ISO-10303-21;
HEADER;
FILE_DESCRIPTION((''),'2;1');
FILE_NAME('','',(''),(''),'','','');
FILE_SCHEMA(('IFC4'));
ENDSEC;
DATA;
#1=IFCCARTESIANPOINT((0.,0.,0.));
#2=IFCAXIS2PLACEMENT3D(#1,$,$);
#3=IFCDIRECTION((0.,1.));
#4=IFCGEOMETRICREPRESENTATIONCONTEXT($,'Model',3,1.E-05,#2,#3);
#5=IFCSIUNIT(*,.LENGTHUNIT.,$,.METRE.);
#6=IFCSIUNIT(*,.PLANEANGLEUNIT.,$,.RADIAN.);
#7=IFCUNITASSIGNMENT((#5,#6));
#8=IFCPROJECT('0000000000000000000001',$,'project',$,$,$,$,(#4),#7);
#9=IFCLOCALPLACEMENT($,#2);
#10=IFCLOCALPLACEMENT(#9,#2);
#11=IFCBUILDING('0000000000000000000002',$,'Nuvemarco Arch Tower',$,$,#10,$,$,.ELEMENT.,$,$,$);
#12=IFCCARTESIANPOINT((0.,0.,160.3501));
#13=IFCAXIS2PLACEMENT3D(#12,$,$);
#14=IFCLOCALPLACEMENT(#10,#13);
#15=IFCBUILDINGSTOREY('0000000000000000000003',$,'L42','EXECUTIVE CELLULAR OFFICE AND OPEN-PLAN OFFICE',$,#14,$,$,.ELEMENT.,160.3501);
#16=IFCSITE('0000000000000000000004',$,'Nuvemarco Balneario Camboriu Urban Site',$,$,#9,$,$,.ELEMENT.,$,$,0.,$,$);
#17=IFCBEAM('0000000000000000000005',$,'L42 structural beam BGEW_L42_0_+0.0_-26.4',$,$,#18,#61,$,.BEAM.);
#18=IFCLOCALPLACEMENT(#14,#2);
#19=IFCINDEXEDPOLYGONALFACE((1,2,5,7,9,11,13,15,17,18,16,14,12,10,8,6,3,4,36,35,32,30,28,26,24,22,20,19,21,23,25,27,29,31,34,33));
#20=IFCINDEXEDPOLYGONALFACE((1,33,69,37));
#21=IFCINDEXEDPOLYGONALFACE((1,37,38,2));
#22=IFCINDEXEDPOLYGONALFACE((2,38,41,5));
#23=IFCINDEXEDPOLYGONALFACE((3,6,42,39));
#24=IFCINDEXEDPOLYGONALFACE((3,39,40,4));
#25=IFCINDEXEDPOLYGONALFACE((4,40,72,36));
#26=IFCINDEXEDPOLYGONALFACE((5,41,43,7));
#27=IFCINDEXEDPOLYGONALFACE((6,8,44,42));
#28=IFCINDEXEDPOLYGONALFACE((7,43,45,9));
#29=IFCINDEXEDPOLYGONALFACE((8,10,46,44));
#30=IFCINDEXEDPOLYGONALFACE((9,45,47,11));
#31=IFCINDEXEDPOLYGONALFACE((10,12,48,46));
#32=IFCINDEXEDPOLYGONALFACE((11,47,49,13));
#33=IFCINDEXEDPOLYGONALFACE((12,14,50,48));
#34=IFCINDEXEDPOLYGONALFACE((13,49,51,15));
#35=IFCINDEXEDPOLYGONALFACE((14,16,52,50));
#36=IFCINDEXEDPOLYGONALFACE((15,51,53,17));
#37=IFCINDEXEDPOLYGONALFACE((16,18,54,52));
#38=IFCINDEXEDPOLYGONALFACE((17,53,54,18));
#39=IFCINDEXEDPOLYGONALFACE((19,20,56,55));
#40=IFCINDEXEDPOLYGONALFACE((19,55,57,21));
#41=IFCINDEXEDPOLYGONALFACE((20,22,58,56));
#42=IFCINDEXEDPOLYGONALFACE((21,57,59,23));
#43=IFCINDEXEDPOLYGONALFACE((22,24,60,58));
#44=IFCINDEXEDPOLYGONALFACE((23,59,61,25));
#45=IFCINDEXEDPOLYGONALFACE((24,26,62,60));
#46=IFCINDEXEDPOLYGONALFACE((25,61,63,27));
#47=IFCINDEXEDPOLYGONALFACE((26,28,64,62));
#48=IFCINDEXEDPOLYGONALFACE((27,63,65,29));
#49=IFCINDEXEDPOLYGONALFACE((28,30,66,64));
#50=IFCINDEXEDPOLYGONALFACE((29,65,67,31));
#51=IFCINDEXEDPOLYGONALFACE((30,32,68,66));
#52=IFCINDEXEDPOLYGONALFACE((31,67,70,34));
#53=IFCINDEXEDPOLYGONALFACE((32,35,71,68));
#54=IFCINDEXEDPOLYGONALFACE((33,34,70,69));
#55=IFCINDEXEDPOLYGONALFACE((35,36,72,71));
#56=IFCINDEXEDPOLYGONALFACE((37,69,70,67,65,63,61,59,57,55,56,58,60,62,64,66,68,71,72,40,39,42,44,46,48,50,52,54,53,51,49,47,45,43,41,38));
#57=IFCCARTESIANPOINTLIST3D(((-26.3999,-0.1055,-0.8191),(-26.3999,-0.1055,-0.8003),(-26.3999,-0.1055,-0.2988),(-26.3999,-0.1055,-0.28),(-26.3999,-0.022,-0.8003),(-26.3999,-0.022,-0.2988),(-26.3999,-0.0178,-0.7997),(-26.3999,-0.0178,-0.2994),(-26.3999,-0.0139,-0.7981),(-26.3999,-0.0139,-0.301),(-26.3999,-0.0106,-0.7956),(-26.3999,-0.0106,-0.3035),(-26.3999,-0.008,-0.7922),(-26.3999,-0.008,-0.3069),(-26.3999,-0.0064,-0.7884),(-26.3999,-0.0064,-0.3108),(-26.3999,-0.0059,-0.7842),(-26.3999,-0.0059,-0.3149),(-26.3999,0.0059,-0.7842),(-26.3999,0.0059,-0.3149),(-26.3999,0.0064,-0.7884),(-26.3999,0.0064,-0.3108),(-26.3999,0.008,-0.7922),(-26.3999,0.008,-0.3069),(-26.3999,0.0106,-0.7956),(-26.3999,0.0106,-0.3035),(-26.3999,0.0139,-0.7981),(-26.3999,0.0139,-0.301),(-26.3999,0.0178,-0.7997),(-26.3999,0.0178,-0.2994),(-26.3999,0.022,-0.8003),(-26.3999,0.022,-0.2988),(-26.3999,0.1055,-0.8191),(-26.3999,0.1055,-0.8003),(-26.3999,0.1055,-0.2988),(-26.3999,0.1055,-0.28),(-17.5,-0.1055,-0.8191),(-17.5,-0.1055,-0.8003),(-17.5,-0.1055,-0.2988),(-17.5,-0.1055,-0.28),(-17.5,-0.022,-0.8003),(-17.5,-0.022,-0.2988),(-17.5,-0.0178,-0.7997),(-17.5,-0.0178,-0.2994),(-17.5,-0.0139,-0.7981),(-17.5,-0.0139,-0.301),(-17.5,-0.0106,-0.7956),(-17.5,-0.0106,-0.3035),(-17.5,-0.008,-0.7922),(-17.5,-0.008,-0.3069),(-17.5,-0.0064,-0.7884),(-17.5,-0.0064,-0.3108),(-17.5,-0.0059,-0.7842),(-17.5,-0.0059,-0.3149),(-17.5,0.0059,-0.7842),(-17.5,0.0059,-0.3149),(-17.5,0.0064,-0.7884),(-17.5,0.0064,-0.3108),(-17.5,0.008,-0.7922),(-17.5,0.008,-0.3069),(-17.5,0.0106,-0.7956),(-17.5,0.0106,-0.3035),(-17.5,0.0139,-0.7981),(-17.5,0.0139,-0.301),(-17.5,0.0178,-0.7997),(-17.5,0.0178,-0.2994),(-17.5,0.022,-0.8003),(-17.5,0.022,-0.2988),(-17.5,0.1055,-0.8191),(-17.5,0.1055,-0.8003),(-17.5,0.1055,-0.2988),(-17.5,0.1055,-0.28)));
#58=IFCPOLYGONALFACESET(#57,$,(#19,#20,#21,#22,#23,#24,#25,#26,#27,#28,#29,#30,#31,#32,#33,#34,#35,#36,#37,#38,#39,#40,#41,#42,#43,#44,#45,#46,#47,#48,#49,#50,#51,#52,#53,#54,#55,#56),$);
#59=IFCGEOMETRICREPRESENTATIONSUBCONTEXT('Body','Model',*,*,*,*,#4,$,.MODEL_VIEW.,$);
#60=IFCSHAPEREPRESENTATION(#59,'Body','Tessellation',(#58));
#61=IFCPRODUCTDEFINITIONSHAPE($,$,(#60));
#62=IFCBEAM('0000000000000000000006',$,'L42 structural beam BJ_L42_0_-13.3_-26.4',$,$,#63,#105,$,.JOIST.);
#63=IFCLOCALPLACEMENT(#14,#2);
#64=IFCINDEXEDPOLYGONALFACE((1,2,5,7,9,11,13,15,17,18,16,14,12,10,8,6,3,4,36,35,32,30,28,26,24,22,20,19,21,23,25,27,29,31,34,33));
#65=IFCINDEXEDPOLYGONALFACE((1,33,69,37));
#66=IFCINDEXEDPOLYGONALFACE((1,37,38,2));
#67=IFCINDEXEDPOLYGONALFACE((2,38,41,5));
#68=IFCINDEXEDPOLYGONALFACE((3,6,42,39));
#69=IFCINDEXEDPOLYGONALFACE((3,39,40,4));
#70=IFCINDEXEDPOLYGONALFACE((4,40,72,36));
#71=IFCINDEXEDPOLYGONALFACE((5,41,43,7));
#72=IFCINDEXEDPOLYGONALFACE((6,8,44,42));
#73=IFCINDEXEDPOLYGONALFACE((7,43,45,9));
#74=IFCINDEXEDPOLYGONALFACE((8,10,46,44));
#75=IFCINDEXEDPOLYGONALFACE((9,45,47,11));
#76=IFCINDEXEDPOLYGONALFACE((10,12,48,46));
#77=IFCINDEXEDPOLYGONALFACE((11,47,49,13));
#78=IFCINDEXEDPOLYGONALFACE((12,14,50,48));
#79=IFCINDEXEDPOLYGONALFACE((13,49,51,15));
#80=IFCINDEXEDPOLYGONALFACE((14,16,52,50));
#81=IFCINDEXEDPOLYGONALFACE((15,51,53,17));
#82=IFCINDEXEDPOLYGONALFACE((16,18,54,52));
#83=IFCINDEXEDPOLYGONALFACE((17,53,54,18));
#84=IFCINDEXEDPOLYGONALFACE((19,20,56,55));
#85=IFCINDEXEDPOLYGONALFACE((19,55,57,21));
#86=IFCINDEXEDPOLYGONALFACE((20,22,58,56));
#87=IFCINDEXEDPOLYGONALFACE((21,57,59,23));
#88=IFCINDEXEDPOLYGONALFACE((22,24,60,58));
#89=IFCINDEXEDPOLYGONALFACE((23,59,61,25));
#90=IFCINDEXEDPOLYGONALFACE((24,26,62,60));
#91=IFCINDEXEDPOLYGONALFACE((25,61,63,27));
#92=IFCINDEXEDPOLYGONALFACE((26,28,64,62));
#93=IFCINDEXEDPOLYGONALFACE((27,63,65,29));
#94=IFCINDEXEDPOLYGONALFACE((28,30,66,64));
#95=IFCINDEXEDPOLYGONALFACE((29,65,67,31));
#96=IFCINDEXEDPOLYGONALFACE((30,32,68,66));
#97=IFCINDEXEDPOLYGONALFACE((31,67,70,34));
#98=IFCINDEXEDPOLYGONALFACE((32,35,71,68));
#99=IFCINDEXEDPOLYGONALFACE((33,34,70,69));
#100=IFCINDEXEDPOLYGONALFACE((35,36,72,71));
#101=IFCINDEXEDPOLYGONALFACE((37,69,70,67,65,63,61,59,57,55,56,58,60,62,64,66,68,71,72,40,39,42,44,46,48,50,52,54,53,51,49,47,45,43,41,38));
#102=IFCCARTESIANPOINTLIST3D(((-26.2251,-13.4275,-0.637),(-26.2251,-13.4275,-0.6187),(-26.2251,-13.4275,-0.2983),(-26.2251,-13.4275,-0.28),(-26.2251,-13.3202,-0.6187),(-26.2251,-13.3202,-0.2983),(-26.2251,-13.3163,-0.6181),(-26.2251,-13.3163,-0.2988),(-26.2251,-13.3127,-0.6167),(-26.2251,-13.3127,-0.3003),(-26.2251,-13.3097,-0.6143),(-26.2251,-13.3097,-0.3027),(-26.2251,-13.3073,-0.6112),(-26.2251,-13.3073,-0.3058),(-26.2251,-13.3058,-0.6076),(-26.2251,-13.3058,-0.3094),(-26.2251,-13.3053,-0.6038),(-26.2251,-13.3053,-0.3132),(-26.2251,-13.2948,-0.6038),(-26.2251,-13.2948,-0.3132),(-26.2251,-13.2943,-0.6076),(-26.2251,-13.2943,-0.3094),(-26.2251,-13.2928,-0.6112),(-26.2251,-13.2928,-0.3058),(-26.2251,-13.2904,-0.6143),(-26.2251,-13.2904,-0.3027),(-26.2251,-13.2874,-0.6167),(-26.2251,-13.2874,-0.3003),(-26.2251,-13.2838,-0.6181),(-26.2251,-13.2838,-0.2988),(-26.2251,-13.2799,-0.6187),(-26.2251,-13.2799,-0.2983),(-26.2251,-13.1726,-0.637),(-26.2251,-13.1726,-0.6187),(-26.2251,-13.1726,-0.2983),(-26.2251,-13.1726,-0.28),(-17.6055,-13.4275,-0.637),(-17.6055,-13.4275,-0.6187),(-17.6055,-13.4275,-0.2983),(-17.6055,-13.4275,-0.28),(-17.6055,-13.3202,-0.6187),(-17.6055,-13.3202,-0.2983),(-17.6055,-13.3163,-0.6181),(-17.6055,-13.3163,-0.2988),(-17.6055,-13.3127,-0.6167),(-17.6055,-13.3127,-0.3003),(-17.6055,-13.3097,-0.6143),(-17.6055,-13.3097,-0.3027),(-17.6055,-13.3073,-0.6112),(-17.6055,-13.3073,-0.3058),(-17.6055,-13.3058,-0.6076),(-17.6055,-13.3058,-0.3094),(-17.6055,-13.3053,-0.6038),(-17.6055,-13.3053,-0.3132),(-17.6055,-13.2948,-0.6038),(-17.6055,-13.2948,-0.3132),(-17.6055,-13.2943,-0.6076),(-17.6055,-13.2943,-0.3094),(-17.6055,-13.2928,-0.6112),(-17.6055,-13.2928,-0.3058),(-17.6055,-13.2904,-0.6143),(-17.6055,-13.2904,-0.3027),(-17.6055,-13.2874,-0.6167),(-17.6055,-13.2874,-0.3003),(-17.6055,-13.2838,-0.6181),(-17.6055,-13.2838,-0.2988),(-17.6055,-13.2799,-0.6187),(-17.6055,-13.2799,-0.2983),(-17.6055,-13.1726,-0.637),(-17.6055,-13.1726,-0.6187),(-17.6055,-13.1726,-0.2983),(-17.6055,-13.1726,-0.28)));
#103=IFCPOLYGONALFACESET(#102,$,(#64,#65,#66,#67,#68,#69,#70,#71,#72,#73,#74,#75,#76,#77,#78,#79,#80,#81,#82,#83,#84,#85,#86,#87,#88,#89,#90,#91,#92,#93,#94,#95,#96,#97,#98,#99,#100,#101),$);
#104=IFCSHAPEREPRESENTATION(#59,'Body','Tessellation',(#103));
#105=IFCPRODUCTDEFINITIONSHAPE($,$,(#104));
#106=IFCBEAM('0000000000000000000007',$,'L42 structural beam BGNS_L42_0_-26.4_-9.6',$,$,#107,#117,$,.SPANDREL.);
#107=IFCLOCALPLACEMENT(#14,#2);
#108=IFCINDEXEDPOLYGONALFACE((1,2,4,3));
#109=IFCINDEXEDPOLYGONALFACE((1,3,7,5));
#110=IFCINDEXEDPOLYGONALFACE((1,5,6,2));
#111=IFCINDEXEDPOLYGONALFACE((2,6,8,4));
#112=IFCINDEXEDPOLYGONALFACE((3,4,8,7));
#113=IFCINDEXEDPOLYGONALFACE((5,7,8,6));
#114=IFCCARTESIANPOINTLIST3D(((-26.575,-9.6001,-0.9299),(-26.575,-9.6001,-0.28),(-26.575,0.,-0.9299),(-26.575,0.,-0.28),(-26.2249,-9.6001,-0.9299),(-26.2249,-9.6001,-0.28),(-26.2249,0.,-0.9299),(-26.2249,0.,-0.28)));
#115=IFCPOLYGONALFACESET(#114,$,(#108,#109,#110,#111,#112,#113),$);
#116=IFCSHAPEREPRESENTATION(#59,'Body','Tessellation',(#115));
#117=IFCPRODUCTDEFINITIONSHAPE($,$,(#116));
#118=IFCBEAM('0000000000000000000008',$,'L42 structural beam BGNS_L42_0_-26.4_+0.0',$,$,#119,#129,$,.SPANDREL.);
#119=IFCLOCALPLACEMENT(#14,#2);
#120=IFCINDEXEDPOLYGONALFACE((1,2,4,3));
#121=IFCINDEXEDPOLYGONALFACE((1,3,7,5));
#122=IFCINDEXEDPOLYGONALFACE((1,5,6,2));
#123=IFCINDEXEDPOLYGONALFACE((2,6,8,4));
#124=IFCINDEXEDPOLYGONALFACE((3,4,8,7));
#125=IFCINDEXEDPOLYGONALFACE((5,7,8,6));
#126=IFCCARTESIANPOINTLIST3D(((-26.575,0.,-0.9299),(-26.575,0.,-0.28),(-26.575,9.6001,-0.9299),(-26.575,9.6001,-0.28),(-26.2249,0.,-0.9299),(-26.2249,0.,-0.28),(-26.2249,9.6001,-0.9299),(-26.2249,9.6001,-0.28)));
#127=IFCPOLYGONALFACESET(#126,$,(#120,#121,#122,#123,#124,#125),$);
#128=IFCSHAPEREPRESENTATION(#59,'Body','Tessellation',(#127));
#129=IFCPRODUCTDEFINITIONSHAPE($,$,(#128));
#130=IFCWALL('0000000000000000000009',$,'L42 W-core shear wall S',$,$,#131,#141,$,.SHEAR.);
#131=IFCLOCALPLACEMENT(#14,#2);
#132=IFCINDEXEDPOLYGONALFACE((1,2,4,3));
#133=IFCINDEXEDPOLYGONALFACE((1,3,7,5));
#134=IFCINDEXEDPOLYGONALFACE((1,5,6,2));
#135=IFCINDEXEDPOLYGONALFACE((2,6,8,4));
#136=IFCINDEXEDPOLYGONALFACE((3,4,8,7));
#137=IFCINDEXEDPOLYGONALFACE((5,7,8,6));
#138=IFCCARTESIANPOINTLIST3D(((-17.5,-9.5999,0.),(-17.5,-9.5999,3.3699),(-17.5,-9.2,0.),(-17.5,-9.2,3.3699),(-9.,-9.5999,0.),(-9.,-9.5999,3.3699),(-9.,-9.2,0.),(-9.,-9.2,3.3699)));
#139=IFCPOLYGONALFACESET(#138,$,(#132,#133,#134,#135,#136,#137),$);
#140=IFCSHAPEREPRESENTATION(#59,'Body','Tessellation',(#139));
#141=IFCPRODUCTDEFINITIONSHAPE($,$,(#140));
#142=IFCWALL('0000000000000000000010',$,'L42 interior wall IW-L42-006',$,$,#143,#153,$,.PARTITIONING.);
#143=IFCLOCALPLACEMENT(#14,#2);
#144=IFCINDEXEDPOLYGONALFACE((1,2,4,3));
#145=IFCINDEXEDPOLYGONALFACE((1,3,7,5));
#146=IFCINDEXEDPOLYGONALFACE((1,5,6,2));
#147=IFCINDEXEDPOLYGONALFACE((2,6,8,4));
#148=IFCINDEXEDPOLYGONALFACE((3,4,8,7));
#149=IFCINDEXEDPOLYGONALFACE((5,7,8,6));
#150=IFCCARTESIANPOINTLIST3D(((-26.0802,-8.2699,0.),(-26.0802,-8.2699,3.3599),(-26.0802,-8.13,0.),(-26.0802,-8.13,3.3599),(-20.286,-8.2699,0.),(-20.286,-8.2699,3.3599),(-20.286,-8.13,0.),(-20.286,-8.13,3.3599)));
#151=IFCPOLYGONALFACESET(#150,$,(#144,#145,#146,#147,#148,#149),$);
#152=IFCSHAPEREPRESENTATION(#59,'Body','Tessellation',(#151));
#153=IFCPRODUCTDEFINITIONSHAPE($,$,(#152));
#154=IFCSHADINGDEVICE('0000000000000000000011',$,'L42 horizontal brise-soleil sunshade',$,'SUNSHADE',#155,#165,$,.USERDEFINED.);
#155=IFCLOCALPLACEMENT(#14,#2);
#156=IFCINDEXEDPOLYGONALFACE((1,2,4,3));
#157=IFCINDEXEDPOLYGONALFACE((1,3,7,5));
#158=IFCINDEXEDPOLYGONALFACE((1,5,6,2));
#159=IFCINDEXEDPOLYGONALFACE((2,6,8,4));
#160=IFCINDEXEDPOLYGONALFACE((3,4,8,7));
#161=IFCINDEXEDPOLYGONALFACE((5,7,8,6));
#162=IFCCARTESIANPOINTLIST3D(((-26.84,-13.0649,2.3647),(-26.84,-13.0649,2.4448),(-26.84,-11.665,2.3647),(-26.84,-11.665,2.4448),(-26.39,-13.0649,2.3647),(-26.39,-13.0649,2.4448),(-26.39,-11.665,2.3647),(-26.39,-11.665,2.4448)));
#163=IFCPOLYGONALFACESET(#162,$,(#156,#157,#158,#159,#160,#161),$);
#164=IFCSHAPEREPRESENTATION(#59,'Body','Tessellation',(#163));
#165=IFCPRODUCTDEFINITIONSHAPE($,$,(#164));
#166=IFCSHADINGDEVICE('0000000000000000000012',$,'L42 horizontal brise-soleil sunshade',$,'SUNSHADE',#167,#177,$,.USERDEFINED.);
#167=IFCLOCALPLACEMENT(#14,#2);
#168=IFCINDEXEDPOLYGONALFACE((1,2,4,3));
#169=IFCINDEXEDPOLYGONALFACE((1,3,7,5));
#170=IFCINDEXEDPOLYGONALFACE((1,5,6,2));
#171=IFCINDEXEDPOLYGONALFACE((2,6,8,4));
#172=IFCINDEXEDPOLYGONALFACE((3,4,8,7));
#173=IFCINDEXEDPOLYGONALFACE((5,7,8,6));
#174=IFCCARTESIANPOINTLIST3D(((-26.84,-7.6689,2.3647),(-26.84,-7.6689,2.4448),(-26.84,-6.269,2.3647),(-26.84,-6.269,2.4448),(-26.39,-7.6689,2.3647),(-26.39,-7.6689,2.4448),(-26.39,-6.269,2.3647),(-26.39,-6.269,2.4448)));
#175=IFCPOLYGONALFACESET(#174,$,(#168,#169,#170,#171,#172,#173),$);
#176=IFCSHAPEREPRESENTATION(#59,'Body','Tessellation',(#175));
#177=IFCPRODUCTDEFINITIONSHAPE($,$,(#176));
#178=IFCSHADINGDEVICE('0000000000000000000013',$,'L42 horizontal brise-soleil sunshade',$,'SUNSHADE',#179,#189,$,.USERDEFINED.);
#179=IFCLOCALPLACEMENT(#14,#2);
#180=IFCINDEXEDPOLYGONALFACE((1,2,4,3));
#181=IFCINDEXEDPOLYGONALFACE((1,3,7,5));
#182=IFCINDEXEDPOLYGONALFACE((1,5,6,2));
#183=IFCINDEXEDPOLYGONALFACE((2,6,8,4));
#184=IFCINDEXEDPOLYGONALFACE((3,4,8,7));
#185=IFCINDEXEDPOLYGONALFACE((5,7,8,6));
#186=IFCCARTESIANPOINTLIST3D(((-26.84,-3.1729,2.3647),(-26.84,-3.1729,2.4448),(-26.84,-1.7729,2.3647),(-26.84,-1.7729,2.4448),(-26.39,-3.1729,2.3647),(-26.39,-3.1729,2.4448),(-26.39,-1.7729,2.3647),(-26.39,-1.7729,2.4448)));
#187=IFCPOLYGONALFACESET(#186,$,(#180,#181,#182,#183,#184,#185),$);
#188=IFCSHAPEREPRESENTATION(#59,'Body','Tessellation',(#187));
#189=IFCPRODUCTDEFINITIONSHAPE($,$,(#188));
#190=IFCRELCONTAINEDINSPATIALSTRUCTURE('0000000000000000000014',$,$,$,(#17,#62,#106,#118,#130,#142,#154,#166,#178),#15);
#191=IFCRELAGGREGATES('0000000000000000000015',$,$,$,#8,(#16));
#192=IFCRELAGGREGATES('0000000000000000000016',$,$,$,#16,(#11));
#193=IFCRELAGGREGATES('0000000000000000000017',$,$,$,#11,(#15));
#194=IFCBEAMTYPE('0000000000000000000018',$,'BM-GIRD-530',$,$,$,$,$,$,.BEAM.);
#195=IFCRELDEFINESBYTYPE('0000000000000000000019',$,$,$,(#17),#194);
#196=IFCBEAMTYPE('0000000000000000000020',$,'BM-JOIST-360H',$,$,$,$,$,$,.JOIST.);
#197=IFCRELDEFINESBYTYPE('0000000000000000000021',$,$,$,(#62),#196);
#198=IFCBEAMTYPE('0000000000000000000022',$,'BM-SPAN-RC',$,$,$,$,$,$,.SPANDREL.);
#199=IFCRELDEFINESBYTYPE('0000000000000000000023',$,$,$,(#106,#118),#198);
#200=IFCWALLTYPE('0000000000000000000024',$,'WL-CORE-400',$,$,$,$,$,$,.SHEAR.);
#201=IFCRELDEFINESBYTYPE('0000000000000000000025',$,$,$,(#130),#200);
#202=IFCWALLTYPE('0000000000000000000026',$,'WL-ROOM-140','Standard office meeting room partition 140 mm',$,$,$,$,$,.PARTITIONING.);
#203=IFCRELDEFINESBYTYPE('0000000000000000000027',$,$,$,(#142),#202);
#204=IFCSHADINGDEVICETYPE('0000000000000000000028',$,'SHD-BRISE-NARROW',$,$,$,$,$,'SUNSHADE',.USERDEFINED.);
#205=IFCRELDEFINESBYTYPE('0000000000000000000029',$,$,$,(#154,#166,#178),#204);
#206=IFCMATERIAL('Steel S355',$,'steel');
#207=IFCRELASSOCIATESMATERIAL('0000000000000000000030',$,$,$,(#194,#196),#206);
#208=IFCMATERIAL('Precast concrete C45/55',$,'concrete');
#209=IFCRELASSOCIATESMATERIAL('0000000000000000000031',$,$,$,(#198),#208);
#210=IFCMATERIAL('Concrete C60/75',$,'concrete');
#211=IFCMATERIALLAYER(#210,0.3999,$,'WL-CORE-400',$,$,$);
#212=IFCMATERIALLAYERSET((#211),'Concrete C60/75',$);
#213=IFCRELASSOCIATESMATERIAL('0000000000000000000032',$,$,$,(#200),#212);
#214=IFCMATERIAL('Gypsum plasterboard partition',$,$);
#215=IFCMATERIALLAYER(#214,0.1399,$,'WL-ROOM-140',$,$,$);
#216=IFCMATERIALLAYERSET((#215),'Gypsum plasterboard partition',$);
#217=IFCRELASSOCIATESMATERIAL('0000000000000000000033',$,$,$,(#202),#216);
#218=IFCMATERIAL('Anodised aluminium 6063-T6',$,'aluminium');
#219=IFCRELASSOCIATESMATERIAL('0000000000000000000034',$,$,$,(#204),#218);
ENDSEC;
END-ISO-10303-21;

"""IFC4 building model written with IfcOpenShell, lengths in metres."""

from ifc_helpers import new_model, si_unit, direction, frame, frame_2d, origin, origin_2d, place, context, subcontext, project, spatial, rectangle, i_section, extrude, source, transform, mapped, material, layer, layer_set, material_profile, profile_set, type_object, type_shapes, element, save


model = new_model("IFC4")

# Units and contexts
model_context = context("Model", 3, precision=1e-05, world=origin(), true_north=direction((0.0, 1.0)))
body_context = subcontext(model_context, "Body", "Model", "MODEL_VIEW")
ifc_project = project(units=[si_unit("LENGTHUNIT", "METRE"), si_unit("PLANEANGLEUNIT", "RADIAN")], contexts=[model_context])

# Site, building, storey
site_placement = place(None, origin())
site = spatial("IfcSite", under=ifc_project, at=site_placement, Name="Nuvemarco Balneario Camboriu Urban Site", CompositionType="ELEMENT", RefElevation=0.0)
building_placement = place(site_placement, origin())
building = spatial("IfcBuilding", under=site, at=building_placement, Name="Nuvemarco Arch Tower", CompositionType="ELEMENT")
storey_placement = place(building_placement, frame((0.0, 0.0, 160.3501)))
storey = spatial("IfcBuildingStorey", under=building, at=storey_placement, Name="L42", Description="EXECUTIVE CELLULAR OFFICE AND OPEN-PLAN OFFICE", CompositionType="ELEMENT", Elevation=160.3501)

# Shared definitions
ifc_material_1 = material(Name="Steel S355", Category="steel")

# Beams
ifc_material_profile_1 = material_profile(ifc_material_1, i_section(OverallWidth=0.2109, OverallDepth=0.5391, WebThickness=0.0117, FlangeThickness=0.0188, FilletRadius=0.0161, at=origin_2d()), Name="W530x109")
ifc_profile_set_1 = profile_set([ifc_material_profile_1], Name="Steel S355")
beam_type_1 = type_object("IfcBeamType", Name="BM-GIRD-530", PredefinedType="BEAM", material=ifc_profile_set_1)
beam_1_placement = place(storey_placement, frame((-26.3999, 0.0, -0.5496), z_axis=(1.0, 0.0, 0.0), x_axis=(0.0, 1.0, 0.0)))
element("IfcBeam", 1, at=beam_1_placement, inside=storey, type_object=beam_type_1, Name="L42 structural beam BGEW_L42_0_+0.0_-26.4", PredefinedType="BEAM", context=body_context, shape_type="SweptSolid", body=[
    extrude(i_section(OverallWidth=0.2109, OverallDepth=0.5391, WebThickness=0.0117, FlangeThickness=0.0188, FilletRadius=0.0161, at=origin_2d()), origin(), (0.0, 0.0, 1.0), 8.8999),
])
ifc_material_profile_2 = material_profile(ifc_material_1, i_section(OverallWidth=0.2549, OverallDepth=0.3569, WebThickness=0.0105, FlangeThickness=0.0183, FilletRadius=0.0149, at=origin_2d()), Name="W360x101")
ifc_profile_set_2 = profile_set([ifc_material_profile_2], Name="Steel S355")
beam_type_2 = type_object("IfcBeamType", Name="BM-JOIST-360H", PredefinedType="JOIST", material=ifc_profile_set_2)
beam_2_placement = place(storey_placement, frame((-26.2251, -13.3, -0.4585), z_axis=(1.0, 0.0, 0.0), x_axis=(0.0, 1.0, 0.0)))
element("IfcBeam", 2, at=beam_2_placement, inside=storey, type_object=beam_type_2, Name="L42 structural beam BJ_L42_0_-13.3_-26.4", PredefinedType="JOIST", context=body_context, shape_type="SweptSolid", body=[
    extrude(i_section(OverallWidth=0.2549, OverallDepth=0.3569, WebThickness=0.0105, FlangeThickness=0.0183, FilletRadius=0.0149, at=origin_2d()), origin(), (0.0, 0.0, 1.0), 8.6196),
])
ifc_material_2 = material(Name="Precast concrete C45/55", Category="concrete")
ifc_material_profile_3 = material_profile(ifc_material_2, rectangle(XDim=0.3501, YDim=0.6499, at=origin_2d()), Name="PC-SP-350x650")
ifc_profile_set_3 = profile_set([ifc_material_profile_3], Name="Precast concrete C45/55")
beam_type_3 = type_object("IfcBeamType", Name="BM-SPAN-RC", PredefinedType="SPANDREL", material=ifc_profile_set_3)
for number, where, z_axis, x_axis, name in (
    (3, (-26.3999, -9.6001, -0.605), (0.0, 1.0, 0.0), (-1.0, 0.0, 0.0), "L42 structural beam BGNS_L42_0_-26.4_-9.6"),
    (4, (-26.3999, 0.0, -0.605), (0.0, 1.0, 0.0), (-1.0, 0.0, 0.0), "L42 structural beam BGNS_L42_0_-26.4_+0.0"),
):
    element("IfcBeam", number, at=place(storey_placement, frame(where, z_axis=z_axis, x_axis=x_axis)), inside=storey, type_object=beam_type_3, Name=name, PredefinedType="SPANDREL", context=body_context, shape_type="SweptSolid", body=[
        extrude(rectangle(XDim=0.3501, YDim=0.6499, at=origin_2d()), origin(), (0.0, 0.0, 1.0), 9.6001),
    ])

# Walls
ifc_material_3 = material(Name="Concrete C60/75", Category="concrete")
ifc_layer_1 = layer(ifc_material_3, 0.3999, Name="WL-CORE-400")
ifc_layer_set_1 = layer_set([ifc_layer_1], Name="Concrete C60/75")
wall_type_1 = type_object("IfcWallType", Name="WL-CORE-400", PredefinedType="SHEAR", material=ifc_layer_set_1)
wall_1_placement = place(storey_placement, frame((-17.5, -9.3999, 0.0), z_axis=(0.0, 0.0, 1.0), x_axis=(1.0, 0.0, 0.0)))
element("IfcWall", 5, at=wall_1_placement, inside=storey, type_object=wall_type_1, Name="L42 W-core shear wall S", PredefinedType="SHEAR", context=body_context, shape_type="SweptSolid", body=[
    extrude(rectangle(XDim=8.5, YDim=0.3999, at=frame_2d((4.25, 0.0))), origin(), (0.0, 0.0, 1.0), 3.3699),
])
ifc_material_4 = material(Name="Gypsum plasterboard partition")
ifc_layer_2 = layer(ifc_material_4, 0.1399, Name="WL-ROOM-140")
ifc_layer_set_2 = layer_set([ifc_layer_2], Name="Gypsum plasterboard partition")
wall_type_2 = type_object("IfcWallType", Name="WL-ROOM-140", Description="Standard office meeting room partition 140 mm", PredefinedType="PARTITIONING", material=ifc_layer_set_2)
wall_2_placement = place(storey_placement, frame((-26.0801, -8.2, 0.0), z_axis=(0.0, 0.0, 1.0), x_axis=(1.0, 0.0, 0.0)))
element("IfcWall", 6, at=wall_2_placement, inside=storey, type_object=wall_type_2, Name="L42 interior wall IW-L42-006", PredefinedType="PARTITIONING", context=body_context, shape_type="SweptSolid", body=[
    extrude(rectangle(XDim=5.7942, YDim=0.1399, at=frame_2d((2.897, 0.0))), origin(), (0.0, 0.0, 1.0), 3.3599),
])

# Shading devices
ifc_material_5 = material(Name="Anodised aluminium 6063-T6", Category="aluminium")
shading_device_type = type_object("IfcShadingDeviceType", Name="SHD-BRISE-NARROW", ElementType="SUNSHADE", PredefinedType="USERDEFINED", material=ifc_material_5)
shared_shape = source(origin(), body_context, "Body", "SweptSolid", [
    extrude(rectangle(XDim=1.3999, YDim=0.45, at=origin_2d()), origin(), (0.0, 0.0, 1.0), 0.0801),
])
type_shapes(shading_device_type, [shared_shape])
for number, where, z_axis, x_axis, name in (
    (7, (-26.615, -12.365, 2.3647), (0.0, 0.0, 1.0), (0.0, 1.0, 0.0), "L42 horizontal brise-soleil sunshade"),
    (8, (-26.615, -6.969, 2.3647), (0.0, 0.0, 1.0), (0.0, 1.0, 0.0), "L42 horizontal brise-soleil sunshade"),
    (9, (-26.615, -2.4729, 2.3647), (0.0, 0.0, 1.0), (0.0, 1.0, 0.0), "L42 horizontal brise-soleil sunshade"),
):
    element("IfcShadingDevice", number, at=place(storey_placement, frame(where, z_axis=z_axis, x_axis=x_axis)), inside=storey, type_object=shading_device_type, Name=name, ObjectType="SUNSHADE", PredefinedType="USERDEFINED", context=body_context, shape_type="MappedRepresentation", body=[
        mapped(shared_shape, transform((0.0, 0.0, 0.0), scale=1.0)),
    ])

save(model, "model.ifc")
